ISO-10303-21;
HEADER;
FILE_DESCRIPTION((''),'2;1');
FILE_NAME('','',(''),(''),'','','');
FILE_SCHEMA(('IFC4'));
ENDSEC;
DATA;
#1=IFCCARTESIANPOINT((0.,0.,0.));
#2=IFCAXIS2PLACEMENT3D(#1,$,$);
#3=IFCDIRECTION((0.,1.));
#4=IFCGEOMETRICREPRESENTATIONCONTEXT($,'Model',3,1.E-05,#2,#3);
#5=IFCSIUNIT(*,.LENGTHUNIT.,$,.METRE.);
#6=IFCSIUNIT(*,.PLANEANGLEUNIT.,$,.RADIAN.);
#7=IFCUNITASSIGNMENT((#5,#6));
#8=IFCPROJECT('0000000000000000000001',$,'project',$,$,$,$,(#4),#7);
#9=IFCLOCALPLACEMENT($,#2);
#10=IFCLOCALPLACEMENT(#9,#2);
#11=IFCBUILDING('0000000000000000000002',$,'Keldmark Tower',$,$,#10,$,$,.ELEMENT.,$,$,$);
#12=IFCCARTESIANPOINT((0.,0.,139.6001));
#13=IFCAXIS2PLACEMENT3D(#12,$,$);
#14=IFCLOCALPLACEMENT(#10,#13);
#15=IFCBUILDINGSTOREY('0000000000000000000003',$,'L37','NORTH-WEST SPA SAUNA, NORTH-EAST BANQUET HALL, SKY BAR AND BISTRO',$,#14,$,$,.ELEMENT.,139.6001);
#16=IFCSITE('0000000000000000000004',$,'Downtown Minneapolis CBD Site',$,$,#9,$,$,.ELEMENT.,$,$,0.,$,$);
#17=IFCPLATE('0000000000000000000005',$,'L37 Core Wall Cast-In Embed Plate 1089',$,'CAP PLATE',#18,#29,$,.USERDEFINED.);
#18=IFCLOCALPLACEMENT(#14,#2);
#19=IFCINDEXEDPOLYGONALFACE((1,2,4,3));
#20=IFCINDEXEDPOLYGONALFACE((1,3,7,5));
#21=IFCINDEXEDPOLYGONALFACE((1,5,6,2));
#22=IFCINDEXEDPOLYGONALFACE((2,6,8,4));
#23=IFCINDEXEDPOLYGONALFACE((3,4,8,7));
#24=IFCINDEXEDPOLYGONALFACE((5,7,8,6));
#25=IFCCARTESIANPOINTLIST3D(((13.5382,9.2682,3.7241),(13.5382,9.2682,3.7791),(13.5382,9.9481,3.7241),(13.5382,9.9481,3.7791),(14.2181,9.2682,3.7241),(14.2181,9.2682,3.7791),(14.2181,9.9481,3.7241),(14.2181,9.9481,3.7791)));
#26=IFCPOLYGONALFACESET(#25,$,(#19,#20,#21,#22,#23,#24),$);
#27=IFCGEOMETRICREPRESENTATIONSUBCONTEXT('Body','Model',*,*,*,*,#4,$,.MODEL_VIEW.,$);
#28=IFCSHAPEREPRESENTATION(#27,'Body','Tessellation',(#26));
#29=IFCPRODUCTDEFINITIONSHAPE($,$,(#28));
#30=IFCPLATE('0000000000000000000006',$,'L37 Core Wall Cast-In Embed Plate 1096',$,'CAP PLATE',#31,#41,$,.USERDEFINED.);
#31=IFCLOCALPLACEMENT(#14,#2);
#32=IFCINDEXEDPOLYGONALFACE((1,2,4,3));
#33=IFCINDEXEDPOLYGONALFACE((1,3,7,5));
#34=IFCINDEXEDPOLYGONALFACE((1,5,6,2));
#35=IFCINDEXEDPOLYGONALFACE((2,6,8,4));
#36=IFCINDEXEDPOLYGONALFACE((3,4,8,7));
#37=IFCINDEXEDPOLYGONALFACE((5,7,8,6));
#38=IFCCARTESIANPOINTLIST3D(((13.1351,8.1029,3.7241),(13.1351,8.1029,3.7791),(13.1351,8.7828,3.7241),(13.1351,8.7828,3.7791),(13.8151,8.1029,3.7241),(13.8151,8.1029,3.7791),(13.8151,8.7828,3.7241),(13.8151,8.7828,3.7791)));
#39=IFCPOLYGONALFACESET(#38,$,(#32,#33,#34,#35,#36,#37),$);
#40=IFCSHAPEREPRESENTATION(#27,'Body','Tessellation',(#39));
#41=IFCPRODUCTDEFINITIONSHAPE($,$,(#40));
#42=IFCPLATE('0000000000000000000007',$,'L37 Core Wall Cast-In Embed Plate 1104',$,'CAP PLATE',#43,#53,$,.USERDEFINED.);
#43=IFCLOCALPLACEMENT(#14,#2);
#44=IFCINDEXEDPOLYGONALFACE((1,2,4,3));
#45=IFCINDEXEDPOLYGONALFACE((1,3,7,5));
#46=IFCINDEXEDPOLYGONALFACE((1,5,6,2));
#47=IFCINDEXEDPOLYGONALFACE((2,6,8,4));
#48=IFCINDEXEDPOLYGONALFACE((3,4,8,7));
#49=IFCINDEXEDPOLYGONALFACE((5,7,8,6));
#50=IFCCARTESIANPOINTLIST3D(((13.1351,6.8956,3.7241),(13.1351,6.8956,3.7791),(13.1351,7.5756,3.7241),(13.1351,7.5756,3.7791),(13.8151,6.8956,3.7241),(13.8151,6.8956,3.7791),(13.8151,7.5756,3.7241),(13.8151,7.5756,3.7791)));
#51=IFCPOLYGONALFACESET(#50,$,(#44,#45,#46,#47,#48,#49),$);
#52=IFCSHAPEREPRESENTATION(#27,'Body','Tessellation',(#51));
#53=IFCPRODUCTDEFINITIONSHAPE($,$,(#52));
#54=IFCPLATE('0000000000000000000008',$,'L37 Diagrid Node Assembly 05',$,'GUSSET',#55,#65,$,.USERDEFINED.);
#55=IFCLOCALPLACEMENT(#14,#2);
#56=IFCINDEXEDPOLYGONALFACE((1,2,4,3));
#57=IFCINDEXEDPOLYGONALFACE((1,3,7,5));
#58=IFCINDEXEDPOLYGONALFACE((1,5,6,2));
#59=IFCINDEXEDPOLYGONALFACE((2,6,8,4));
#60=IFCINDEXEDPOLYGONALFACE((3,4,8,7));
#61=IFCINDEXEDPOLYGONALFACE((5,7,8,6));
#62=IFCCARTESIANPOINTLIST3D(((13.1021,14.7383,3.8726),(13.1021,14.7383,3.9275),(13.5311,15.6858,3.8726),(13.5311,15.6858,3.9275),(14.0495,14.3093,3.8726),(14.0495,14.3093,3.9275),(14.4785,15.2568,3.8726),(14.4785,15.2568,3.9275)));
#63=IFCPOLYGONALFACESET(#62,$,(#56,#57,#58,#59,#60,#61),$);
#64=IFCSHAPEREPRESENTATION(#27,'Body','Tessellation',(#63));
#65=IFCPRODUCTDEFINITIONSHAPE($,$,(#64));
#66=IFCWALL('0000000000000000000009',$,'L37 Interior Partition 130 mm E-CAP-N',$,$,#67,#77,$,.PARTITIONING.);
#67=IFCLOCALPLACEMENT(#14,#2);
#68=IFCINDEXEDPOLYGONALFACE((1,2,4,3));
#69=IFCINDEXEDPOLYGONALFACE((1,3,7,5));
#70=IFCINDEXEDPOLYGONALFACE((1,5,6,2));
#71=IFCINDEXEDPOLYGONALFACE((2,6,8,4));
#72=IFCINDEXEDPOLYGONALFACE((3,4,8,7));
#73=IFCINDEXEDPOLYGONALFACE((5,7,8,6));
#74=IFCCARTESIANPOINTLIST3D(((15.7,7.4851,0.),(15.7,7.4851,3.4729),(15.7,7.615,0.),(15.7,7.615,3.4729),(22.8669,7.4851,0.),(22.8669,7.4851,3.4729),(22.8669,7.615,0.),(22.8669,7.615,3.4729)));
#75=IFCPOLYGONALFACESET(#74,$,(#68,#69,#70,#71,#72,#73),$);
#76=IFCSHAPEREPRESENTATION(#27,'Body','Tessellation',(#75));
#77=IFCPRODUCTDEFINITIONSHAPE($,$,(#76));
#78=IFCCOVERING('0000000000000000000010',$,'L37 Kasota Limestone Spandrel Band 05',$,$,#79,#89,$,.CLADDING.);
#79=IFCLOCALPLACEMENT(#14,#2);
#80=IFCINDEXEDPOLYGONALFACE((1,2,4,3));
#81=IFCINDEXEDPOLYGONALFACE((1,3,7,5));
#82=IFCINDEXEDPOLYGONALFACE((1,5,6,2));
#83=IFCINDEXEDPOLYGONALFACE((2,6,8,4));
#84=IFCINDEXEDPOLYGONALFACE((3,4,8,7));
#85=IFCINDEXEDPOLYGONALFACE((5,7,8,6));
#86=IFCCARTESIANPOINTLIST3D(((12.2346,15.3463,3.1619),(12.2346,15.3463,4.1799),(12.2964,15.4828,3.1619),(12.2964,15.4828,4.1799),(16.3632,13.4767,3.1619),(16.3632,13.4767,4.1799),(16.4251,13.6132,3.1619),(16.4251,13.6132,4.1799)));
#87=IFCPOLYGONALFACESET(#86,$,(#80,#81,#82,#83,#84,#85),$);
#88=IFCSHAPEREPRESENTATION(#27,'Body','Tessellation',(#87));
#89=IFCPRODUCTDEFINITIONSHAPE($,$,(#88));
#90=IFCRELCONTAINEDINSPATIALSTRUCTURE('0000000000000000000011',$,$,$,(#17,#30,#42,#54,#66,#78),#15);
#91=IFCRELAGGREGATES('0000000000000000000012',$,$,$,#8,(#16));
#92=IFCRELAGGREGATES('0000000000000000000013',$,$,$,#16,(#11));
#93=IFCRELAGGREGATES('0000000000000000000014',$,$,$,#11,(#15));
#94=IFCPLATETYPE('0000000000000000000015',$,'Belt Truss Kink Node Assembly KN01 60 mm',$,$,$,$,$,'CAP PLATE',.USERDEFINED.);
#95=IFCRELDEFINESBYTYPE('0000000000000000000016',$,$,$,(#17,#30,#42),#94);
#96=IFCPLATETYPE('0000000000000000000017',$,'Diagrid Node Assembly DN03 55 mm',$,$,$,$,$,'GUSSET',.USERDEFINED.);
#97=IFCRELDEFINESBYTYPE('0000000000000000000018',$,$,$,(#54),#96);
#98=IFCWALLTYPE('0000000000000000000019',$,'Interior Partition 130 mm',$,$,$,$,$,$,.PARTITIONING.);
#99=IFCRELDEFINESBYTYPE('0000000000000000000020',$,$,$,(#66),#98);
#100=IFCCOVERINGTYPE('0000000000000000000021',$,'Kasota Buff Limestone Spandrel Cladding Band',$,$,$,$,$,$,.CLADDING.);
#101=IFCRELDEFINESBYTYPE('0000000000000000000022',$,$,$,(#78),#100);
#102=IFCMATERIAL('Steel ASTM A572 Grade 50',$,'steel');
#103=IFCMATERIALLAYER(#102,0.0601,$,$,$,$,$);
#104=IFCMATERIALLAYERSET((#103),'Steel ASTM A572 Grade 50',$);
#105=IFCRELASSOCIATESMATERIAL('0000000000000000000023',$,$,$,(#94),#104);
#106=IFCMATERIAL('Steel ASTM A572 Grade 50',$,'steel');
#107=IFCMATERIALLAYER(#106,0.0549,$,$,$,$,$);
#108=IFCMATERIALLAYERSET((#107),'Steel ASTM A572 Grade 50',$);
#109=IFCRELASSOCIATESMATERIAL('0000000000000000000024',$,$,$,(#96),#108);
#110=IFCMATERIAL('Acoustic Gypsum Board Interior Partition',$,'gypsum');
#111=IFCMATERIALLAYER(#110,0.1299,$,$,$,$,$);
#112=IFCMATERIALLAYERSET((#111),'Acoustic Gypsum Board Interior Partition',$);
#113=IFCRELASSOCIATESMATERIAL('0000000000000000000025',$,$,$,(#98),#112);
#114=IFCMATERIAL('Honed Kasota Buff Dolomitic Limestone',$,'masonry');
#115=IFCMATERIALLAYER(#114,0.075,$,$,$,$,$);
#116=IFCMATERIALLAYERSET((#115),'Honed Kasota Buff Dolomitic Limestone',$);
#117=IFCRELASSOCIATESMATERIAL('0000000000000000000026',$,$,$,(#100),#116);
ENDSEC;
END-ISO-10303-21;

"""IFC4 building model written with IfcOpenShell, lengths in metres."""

from ifc_helpers import new_model, si_unit, direction, frame, frame_2d, origin, origin_2d, place, context, subcontext, project, spatial, rectangle, extrude, material, layer, layer_set, type_object, element, save


model = new_model("IFC4")

# Units and contexts
model_context = context("Model", 3, precision=1e-05, world=origin(), true_north=direction((0.0, 1.0)))
body_context = subcontext(model_context, "Body", "Model", "MODEL_VIEW")
ifc_project = project(units=[si_unit("LENGTHUNIT", "METRE"), si_unit("PLANEANGLEUNIT", "RADIAN")], contexts=[model_context])

# Site, building, storey
site_placement = place(None, origin())
site = spatial("IfcSite", under=ifc_project, at=site_placement, Name="Downtown Minneapolis CBD Site", CompositionType="ELEMENT", RefElevation=0.0)
building_placement = place(site_placement, origin())
building = spatial("IfcBuilding", under=site, at=building_placement, Name="Keldmark Tower", CompositionType="ELEMENT")
storey_placement = place(building_placement, frame((0.0, 0.0, 139.6001)))
storey = spatial("IfcBuildingStorey", under=building, at=storey_placement, Name="L37", Description="NORTH-WEST SPA SAUNA, NORTH-EAST BANQUET HALL, SKY BAR AND BISTRO", CompositionType="ELEMENT", Elevation=139.6001)

# Plates
ifc_material_1 = material(Name="Steel ASTM A572 Grade 50", Category="steel")
ifc_layer_1 = layer(ifc_material_1, 0.0601)
ifc_layer_set_1 = layer_set([ifc_layer_1], Name="Steel ASTM A572 Grade 50")
plate_type_1 = type_object("IfcPlateType", Name="Belt Truss Kink Node Assembly KN01 60 mm", ElementType="CAP PLATE", PredefinedType="USERDEFINED", material=ifc_layer_set_1)
for number, where, z_axis, x_axis, name in (
    (1, (13.8782, 9.6082, 3.7241), (0.0, 0.0, 1.0), (1.0, 0.0, 0.0), "L37 Core Wall Cast-In Embed Plate 1089"),
    (2, (13.4751, 8.4429, 3.7241), (0.0, 0.0, 1.0), (1.0, 0.0, 0.0), "L37 Core Wall Cast-In Embed Plate 1096"),
    (3, (13.4751, 7.2356, 3.7241), (0.0, 0.0, 1.0), (1.0, 0.0, 0.0), "L37 Core Wall Cast-In Embed Plate 1104"),
):
    element("IfcPlate", number, at=place(storey_placement, frame(where, z_axis=z_axis, x_axis=x_axis)), inside=storey, type_object=plate_type_1, Name=name, ObjectType="CAP PLATE", PredefinedType="USERDEFINED", context=body_context, shape_type="SweptSolid", body=[
        extrude(rectangle(XDim=0.6799, YDim=0.6799, at=origin_2d()), origin(), (0.0, 0.0, 1.0), 0.0549),
    ])
ifc_material_2 = material(Name="Steel ASTM A572 Grade 50", Category="steel")
ifc_layer_2 = layer(ifc_material_2, 0.0549)
ifc_layer_set_2 = layer_set([ifc_layer_2], Name="Steel ASTM A572 Grade 50")
plate_type_2 = type_object("IfcPlateType", Name="Diagrid Node Assembly DN03 55 mm", ElementType="GUSSET", PredefinedType="USERDEFINED", material=ifc_layer_set_2)
plate_placement = place(storey_placement, frame((13.7903, 14.9976, 3.8726), z_axis=(0.0, 0.0, 1.0), x_axis=(-0.910972, 0.412469, 0.0)))
element("IfcPlate", 4, at=plate_placement, inside=storey, type_object=plate_type_2, Name="L37 Diagrid Node Assembly 05", ObjectType="GUSSET", PredefinedType="USERDEFINED", context=body_context, shape_type="SweptSolid", body=[
    extrude(rectangle(XDim=1.04, YDim=1.04, at=origin_2d()), origin(), (0.0, 0.0, 1.0), 0.0549),
])

# Wall
ifc_material_3 = material(Name="Acoustic Gypsum Board Interior Partition", Category="gypsum")
ifc_layer_3 = layer(ifc_material_3, 0.1299)
ifc_layer_set_3 = layer_set([ifc_layer_3], Name="Acoustic Gypsum Board Interior Partition")
wall_type_1 = type_object("IfcWallType", Name="Interior Partition 130 mm", PredefinedType="PARTITIONING", material=ifc_layer_set_3)
wall_1_placement = place(storey_placement, frame((15.7, 7.55, 0.0), z_axis=(0.0, 0.0, 1.0), x_axis=(1.0, 0.0, 0.0)))
element("IfcWall", 5, at=wall_1_placement, inside=storey, type_object=wall_type_1, Name="L37 Interior Partition 130 mm E-CAP-N", PredefinedType="PARTITIONING", context=body_context, shape_type="SweptSolid", body=[
    extrude(rectangle(XDim=7.167, YDim=0.1299, at=frame_2d((3.5835, 0.0))), origin(), (0.0, 0.0, 1.0), 3.4729),
])

# Covering
ifc_material_4 = material(Name="Honed Kasota Buff Dolomitic Limestone", Category="masonry")
ifc_layer_4 = layer(ifc_material_4, 0.075)
ifc_layer_set_4 = layer_set([ifc_layer_4], Name="Honed Kasota Buff Dolomitic Limestone")
covering_type = type_object("IfcCoveringType", Name="Kasota Buff Limestone Spandrel Cladding Band", PredefinedType="CLADDING", material=ifc_layer_set_4)
covering_placement = place(storey_placement, frame((14.3298, 14.4797, 3.1619), z_axis=(0.0, 0.0, 1.0), x_axis=(-0.91095, 0.412516, 0.0)))
element("IfcCovering", 6, at=covering_placement, inside=storey, type_object=covering_type, Name="L37 Kasota Limestone Spandrel Band 05", PredefinedType="CLADDING", context=body_context, shape_type="SweptSolid", body=[
    extrude(rectangle(XDim=4.5322, YDim=0.1499, at=origin_2d()), origin(), (0.0, 0.0, 1.0), 1.0181),
])

save(model, "model.ifc")
